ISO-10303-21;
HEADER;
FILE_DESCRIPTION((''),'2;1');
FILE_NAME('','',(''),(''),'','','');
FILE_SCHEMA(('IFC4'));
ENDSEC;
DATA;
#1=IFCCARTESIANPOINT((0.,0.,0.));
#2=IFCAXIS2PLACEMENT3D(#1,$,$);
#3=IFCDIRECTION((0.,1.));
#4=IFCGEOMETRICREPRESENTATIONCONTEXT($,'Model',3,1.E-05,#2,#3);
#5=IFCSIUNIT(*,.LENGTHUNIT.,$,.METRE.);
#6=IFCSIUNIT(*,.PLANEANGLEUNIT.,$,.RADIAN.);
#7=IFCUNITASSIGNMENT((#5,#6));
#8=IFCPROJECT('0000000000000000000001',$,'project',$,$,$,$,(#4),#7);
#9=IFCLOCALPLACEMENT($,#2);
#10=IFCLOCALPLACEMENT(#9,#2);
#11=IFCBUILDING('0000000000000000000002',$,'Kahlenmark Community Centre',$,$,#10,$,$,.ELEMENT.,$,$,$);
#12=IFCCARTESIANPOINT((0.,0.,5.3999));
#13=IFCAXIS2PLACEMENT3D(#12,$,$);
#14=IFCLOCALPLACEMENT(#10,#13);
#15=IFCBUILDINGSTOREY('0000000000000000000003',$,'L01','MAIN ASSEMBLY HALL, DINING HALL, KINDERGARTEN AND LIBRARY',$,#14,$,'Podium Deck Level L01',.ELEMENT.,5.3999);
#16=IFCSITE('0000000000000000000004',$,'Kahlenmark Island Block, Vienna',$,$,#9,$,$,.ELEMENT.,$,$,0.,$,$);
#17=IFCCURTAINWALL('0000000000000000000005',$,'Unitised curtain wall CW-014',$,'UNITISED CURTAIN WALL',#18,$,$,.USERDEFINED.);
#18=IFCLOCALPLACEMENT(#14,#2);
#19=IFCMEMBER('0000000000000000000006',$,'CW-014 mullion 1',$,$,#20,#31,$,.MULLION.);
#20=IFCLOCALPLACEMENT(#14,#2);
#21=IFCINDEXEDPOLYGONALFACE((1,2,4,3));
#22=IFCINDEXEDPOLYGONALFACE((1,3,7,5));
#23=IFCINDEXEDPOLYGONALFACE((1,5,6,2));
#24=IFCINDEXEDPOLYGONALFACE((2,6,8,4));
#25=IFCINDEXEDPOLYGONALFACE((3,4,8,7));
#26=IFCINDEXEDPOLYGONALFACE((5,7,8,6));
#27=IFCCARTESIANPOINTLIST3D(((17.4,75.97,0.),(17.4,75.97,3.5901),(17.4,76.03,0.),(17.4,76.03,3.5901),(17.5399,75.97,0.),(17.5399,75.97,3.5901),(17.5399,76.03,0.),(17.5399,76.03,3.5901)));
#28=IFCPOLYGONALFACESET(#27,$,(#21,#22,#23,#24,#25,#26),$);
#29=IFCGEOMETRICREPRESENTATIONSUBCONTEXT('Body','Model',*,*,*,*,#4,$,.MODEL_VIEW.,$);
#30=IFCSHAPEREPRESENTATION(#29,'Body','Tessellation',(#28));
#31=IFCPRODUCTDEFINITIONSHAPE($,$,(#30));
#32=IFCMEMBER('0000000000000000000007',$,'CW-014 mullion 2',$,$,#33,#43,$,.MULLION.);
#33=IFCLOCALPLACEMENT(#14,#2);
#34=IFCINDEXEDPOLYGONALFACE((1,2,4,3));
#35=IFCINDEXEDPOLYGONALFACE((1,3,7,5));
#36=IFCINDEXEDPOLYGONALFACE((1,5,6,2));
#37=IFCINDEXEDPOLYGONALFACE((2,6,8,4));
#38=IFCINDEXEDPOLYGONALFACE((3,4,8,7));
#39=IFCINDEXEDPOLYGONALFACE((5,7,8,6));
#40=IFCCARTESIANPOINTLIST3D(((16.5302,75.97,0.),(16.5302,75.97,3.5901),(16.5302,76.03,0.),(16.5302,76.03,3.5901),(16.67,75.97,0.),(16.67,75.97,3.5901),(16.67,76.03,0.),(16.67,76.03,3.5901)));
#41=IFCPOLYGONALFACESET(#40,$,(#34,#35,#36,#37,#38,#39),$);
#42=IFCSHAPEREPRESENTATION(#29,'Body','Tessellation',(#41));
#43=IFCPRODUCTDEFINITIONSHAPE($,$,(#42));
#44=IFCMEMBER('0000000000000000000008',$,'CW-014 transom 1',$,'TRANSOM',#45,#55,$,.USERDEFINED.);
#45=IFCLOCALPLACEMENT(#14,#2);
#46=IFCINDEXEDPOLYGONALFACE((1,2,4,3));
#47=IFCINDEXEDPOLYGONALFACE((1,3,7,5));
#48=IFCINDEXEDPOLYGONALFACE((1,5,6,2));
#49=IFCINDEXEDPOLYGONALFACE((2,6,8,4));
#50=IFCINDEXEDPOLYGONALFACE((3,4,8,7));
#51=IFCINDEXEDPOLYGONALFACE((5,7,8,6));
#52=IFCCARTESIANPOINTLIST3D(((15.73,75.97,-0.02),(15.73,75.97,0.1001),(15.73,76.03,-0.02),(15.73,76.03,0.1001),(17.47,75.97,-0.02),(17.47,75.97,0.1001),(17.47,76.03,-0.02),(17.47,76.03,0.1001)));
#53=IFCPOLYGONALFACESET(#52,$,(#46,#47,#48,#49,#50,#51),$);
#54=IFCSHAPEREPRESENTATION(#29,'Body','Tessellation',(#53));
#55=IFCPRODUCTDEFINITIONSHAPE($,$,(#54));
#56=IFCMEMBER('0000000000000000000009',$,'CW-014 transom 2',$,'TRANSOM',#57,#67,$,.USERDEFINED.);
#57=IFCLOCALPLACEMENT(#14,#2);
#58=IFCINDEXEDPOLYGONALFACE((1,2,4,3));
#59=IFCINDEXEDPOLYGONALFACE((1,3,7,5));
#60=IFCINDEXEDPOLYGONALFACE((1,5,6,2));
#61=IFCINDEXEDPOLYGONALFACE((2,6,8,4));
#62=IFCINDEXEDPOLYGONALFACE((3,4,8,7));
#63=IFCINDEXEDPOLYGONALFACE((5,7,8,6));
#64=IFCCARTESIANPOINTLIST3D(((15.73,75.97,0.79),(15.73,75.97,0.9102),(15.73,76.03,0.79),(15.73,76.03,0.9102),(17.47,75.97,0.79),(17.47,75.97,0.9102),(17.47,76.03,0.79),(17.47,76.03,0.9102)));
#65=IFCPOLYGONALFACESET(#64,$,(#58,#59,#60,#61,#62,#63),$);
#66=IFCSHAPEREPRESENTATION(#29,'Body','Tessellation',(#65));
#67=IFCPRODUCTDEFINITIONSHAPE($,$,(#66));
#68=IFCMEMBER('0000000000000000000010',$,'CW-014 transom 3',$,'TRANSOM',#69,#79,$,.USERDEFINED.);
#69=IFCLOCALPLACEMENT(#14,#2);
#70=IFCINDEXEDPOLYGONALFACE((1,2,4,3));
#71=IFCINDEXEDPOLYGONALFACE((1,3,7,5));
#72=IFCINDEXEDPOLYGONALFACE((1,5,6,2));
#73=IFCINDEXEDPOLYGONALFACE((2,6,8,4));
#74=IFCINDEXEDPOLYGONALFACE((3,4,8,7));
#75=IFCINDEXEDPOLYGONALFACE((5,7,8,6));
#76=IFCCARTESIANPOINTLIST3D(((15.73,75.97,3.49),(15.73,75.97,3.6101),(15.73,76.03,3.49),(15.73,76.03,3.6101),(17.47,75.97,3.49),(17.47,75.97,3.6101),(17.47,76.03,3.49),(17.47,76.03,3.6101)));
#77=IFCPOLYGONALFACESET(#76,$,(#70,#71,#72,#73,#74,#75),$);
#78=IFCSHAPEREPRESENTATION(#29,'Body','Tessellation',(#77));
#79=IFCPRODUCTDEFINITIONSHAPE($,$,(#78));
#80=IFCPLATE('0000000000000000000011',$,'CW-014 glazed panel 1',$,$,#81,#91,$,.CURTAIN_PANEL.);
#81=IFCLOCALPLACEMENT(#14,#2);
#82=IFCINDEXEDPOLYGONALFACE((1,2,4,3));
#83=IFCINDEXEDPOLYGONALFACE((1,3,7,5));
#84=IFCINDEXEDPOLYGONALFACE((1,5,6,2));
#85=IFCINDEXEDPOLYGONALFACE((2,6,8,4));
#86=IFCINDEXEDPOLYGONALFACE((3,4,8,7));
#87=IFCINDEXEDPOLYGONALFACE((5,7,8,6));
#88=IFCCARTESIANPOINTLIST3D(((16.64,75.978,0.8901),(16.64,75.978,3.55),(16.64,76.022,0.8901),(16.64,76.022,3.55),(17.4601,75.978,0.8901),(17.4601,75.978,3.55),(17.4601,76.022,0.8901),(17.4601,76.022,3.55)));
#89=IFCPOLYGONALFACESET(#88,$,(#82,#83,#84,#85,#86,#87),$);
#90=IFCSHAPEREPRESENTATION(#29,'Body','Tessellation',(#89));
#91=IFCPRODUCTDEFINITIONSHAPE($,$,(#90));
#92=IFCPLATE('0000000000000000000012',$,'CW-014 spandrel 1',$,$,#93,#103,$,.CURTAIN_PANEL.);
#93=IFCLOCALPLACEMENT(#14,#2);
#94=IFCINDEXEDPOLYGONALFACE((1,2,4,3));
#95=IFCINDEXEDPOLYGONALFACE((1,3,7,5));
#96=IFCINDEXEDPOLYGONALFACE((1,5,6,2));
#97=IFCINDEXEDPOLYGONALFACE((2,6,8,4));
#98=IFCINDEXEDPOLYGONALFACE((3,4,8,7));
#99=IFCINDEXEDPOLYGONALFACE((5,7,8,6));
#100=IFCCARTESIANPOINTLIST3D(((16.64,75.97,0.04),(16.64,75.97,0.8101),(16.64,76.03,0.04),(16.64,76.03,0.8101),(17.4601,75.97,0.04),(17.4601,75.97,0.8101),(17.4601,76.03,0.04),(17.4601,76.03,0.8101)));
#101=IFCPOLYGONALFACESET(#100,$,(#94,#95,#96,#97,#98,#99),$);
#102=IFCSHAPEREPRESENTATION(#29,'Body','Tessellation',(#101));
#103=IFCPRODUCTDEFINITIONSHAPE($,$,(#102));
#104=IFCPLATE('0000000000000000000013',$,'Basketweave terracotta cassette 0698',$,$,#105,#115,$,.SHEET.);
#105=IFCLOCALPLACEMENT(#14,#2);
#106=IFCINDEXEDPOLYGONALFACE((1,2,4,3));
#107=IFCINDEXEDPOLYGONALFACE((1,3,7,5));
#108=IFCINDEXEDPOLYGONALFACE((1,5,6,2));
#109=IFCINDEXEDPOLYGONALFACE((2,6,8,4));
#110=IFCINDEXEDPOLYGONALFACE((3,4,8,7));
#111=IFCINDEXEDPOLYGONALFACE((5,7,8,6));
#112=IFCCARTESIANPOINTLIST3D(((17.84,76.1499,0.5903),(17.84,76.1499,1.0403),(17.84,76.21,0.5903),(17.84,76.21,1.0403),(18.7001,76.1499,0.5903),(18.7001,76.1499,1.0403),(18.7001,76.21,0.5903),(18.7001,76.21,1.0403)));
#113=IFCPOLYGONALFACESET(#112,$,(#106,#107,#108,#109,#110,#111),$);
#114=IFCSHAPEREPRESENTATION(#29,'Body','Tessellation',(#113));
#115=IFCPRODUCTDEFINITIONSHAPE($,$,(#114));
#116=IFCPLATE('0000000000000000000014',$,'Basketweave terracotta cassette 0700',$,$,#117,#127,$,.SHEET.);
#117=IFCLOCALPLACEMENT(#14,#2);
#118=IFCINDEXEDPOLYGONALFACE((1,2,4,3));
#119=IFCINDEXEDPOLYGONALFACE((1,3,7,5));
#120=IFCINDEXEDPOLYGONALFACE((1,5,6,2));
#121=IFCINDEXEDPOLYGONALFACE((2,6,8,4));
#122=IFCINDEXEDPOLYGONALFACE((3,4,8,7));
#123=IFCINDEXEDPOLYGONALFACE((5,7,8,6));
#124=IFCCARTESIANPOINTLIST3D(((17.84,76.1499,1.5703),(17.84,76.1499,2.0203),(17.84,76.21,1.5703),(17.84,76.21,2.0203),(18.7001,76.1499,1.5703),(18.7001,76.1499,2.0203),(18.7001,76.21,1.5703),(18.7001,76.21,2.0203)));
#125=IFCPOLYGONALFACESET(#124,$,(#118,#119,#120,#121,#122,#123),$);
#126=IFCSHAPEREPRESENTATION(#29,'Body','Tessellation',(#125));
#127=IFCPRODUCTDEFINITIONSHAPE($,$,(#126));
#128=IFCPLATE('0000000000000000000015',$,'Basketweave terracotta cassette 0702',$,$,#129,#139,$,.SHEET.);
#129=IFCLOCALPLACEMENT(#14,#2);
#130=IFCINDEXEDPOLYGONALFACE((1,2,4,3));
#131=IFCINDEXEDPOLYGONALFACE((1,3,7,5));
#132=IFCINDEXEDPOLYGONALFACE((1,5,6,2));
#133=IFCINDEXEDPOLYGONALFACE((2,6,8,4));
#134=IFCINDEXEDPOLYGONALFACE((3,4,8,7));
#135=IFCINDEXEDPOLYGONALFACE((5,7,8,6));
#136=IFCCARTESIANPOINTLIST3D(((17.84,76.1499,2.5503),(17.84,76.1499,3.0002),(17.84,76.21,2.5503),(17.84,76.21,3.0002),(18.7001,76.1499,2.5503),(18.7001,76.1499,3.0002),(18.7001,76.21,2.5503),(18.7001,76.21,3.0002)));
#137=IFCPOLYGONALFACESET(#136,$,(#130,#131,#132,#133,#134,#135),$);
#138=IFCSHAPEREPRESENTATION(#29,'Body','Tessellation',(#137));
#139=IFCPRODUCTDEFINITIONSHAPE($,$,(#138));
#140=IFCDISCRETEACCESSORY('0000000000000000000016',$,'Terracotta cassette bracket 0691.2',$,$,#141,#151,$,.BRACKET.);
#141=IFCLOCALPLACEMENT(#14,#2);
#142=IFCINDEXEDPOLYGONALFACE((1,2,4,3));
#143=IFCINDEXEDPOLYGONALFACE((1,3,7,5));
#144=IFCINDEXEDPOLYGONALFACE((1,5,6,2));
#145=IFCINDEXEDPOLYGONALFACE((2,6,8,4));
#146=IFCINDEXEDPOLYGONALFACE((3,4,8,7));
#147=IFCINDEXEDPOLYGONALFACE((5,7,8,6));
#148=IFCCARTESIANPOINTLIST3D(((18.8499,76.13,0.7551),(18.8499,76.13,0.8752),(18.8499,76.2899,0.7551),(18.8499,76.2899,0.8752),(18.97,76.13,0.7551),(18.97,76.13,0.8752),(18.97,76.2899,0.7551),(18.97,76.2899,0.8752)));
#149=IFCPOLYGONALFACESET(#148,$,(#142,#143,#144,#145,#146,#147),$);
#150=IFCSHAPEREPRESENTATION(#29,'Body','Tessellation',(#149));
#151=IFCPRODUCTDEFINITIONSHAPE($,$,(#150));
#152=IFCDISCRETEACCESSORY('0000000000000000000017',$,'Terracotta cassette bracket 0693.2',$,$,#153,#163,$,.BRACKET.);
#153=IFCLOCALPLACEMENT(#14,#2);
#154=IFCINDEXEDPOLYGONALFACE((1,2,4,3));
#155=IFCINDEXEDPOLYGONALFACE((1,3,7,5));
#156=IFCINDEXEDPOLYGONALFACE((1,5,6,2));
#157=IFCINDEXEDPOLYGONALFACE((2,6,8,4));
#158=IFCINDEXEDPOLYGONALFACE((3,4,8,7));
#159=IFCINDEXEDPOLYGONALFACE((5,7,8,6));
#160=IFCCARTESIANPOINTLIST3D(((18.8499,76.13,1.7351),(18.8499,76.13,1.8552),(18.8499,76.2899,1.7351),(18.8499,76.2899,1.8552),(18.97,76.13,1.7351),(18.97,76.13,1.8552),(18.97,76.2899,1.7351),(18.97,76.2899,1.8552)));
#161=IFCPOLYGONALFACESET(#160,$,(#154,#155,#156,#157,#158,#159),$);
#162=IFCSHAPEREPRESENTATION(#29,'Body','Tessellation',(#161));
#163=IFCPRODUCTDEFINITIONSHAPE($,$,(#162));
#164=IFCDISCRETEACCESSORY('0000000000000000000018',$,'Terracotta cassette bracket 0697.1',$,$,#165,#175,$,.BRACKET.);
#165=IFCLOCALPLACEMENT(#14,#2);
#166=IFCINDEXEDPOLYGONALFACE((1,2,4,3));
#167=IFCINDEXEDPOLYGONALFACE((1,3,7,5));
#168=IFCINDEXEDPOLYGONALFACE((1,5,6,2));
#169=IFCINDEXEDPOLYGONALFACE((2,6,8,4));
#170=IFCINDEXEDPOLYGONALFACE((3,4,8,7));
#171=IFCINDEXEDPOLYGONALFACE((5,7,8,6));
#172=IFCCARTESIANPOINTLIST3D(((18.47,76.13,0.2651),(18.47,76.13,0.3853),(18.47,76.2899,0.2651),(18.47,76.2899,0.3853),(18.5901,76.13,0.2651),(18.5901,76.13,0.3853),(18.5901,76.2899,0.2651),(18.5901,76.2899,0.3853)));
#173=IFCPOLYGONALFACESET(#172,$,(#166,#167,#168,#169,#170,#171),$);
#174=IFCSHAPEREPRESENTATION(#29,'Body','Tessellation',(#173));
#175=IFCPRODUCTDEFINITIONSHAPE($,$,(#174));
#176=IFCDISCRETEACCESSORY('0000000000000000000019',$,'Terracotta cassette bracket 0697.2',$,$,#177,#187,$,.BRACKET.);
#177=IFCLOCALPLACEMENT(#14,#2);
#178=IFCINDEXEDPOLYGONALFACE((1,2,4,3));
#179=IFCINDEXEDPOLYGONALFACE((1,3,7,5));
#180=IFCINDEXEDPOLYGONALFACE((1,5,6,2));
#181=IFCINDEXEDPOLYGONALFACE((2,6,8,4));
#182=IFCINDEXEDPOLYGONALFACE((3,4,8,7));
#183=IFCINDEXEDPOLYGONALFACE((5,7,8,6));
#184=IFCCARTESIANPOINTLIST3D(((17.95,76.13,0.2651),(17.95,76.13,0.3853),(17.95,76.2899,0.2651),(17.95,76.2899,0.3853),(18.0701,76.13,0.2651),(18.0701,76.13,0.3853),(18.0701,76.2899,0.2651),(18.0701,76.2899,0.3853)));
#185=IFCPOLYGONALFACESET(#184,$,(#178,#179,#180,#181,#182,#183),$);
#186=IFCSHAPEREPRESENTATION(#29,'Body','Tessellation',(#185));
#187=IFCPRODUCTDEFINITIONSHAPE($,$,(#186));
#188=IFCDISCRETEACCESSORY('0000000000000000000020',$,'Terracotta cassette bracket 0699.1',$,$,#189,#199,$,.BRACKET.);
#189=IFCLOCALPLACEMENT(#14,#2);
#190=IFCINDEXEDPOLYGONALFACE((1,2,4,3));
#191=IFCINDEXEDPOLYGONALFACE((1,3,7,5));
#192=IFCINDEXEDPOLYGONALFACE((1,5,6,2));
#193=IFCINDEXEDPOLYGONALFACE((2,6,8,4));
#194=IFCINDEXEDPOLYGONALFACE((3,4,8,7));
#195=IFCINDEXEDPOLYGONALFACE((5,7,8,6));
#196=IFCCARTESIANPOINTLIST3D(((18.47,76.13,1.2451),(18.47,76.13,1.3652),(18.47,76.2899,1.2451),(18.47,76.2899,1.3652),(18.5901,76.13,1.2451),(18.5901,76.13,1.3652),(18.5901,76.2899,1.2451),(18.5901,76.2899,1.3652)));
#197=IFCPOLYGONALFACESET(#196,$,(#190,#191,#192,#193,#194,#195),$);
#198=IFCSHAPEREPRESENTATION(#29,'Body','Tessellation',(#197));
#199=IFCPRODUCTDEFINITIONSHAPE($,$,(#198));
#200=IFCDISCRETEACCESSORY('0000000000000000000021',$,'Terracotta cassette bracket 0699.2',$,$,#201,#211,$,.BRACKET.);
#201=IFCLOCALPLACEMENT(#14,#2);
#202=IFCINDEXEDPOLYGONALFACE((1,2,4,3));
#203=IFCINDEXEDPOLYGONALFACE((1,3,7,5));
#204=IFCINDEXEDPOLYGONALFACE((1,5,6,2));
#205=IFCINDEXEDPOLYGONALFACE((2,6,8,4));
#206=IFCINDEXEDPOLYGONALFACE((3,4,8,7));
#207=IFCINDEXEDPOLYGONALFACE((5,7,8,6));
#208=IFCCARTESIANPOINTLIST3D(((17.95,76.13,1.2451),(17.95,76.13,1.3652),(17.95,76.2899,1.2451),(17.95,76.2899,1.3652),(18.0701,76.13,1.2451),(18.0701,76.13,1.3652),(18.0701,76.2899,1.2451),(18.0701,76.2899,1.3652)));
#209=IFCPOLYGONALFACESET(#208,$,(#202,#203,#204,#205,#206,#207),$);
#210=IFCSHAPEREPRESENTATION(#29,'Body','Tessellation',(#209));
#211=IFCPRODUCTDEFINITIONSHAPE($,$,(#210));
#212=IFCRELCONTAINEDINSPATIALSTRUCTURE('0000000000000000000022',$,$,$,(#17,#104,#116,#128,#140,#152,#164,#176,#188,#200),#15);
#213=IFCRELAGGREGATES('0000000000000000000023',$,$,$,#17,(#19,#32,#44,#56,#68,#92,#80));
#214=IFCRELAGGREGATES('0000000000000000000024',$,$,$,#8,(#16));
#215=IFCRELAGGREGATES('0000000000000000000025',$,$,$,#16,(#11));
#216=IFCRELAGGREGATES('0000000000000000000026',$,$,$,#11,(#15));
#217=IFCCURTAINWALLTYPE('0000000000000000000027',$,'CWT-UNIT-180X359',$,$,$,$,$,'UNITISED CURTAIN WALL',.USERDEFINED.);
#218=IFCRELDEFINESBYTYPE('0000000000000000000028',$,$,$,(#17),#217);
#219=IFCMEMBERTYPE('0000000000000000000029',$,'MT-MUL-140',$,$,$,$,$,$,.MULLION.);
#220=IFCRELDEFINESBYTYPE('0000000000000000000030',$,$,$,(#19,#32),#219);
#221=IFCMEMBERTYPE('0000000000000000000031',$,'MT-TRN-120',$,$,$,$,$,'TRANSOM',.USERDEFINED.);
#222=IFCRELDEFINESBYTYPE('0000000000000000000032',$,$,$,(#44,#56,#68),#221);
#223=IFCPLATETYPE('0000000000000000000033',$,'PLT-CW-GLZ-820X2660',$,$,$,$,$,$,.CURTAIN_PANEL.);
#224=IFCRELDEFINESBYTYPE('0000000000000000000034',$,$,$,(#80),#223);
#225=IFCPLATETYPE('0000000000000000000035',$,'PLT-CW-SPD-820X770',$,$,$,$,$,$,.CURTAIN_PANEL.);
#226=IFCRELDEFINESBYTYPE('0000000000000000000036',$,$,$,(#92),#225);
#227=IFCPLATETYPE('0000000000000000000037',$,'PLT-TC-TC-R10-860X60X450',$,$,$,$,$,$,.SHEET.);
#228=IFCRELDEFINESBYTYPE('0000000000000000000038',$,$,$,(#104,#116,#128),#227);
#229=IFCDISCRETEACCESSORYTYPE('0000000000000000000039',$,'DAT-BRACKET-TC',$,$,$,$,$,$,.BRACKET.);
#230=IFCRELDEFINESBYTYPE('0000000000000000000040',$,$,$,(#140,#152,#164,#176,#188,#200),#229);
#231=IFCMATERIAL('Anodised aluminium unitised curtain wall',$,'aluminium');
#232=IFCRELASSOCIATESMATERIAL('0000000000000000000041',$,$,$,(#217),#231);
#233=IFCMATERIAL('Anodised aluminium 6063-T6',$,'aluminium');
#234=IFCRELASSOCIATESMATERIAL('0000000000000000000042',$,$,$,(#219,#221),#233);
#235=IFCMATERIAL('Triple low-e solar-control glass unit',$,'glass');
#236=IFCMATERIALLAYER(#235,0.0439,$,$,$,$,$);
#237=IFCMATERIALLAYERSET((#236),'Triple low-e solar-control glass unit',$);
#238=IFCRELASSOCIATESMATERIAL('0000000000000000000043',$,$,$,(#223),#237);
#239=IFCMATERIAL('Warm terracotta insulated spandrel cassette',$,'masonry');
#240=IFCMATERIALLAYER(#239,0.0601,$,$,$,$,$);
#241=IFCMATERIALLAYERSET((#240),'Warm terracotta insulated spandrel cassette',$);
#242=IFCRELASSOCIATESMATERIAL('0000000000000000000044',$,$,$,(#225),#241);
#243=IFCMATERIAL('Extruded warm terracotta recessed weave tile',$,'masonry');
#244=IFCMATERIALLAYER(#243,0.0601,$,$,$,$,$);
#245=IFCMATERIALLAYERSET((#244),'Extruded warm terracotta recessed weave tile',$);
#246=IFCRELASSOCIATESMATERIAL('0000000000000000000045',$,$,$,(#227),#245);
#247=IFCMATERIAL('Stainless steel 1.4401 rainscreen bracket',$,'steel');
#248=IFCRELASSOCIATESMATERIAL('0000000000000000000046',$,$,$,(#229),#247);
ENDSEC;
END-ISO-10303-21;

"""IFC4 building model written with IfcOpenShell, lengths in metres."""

from ifc_helpers import new_model, si_unit, direction, frame, origin, origin_2d, place, context, subcontext, project, spatial, rectangle, extrude, material, layer, layer_set, material_profile, profile_set, type_object, element, aggregate, save


model = new_model("IFC4")

# Units and contexts
model_context = context("Model", 3, precision=1e-05, world=origin(), true_north=direction((0.0, 1.0)))
body_context = subcontext(model_context, "Body", "Model", "MODEL_VIEW")
ifc_project = project(units=[si_unit("LENGTHUNIT", "METRE"), si_unit("PLANEANGLEUNIT", "RADIAN")], contexts=[model_context])

# Site, building, storey
site_placement = place(None, origin())
site = spatial("IfcSite", under=ifc_project, at=site_placement, Name="Kahlenmark Island Block, Vienna", CompositionType="ELEMENT", RefElevation=0.0)
building_placement = place(site_placement, origin())
building = spatial("IfcBuilding", under=site, at=building_placement, Name="Kahlenmark Community Centre", CompositionType="ELEMENT")
storey_placement = place(building_placement, frame((0.0, 0.0, 5.3999)))
storey = spatial("IfcBuildingStorey", under=building, at=storey_placement, Name="L01", Description="MAIN ASSEMBLY HALL, DINING HALL, KINDERGARTEN AND LIBRARY", LongName="Podium Deck Level L01", CompositionType="ELEMENT", Elevation=5.3999)

# Curtain wall, members, plates
ifc_material_1 = material(Name="Anodised aluminium unitised curtain wall", Category="aluminium")
curtain_wall_type = type_object("IfcCurtainWallType", Name="CWT-UNIT-180X359", ElementType="UNITISED CURTAIN WALL", PredefinedType="USERDEFINED", material=ifc_material_1)
curtain_wall_placement = place(storey_placement, origin())
curtain_wall = element("IfcCurtainWall", 1, at=curtain_wall_placement, inside=storey, type_object=curtain_wall_type, Name="Unitised curtain wall CW-014", ObjectType="UNITISED CURTAIN WALL", PredefinedType="USERDEFINED")
ifc_material_2 = material(Name="Anodised aluminium 6063-T6", Category="aluminium")
ifc_material_profile_1 = material_profile(ifc_material_2, rectangle(XDim=0.0601, YDim=0.1399, at=origin_2d()), Name="ALU MULLION 60x140")
ifc_profile_set_1 = profile_set([ifc_material_profile_1], Name="Anodised aluminium 6063-T6")
member_type_1 = type_object("IfcMemberType", Name="MT-MUL-140", PredefinedType="MULLION", material=ifc_profile_set_1)
member_1_placement = place(storey_placement, frame((17.47, 76.0, 0.0), z_axis=(0.0, 0.0, 1.0), x_axis=(0.0, -1.0, 0.0)))
member_1 = element("IfcMember", 2, at=member_1_placement, type_object=member_type_1, Name="CW-014 mullion 1", PredefinedType="MULLION", context=body_context, shape_type="SweptSolid", body=[
    extrude(rectangle(XDim=0.0601, YDim=0.1399, at=origin_2d()), origin(), (0.0, 0.0, 1.0), 3.5901),
])
member_2_placement = place(storey_placement, frame((16.6001, 76.0, 0.0), z_axis=(0.0, 0.0, 1.0), x_axis=(0.0, -1.0, 0.0)))
member_2 = element("IfcMember", 3, at=member_2_placement, type_object=member_type_1, Name="CW-014 mullion 2", PredefinedType="MULLION", context=body_context, shape_type="SweptSolid", body=[
    extrude(rectangle(XDim=0.0601, YDim=0.1399, at=origin_2d()), origin(), (0.0, 0.0, 1.0), 3.5901),
])
ifc_material_profile_2 = material_profile(ifc_material_2, rectangle(XDim=0.0601, YDim=0.1201, at=origin_2d()), Name="ALU TRANSOM 60x120")
ifc_profile_set_2 = profile_set([ifc_material_profile_2], Name="Anodised aluminium 6063-T6")
member_type_2 = type_object("IfcMemberType", Name="MT-TRN-120", ElementType="TRANSOM", PredefinedType="USERDEFINED", material=ifc_profile_set_2)
member_3_placement = place(storey_placement, frame((17.47, 76.0, 0.04), z_axis=(-1.0, 0.0, 0.0), x_axis=(0.0, -1.0, 0.0)))
member_3 = element("IfcMember", 4, at=member_3_placement, type_object=member_type_2, Name="CW-014 transom 1", ObjectType="TRANSOM", PredefinedType="USERDEFINED", context=body_context, shape_type="SweptSolid", body=[
    extrude(rectangle(XDim=0.0601, YDim=0.1201, at=origin_2d()), origin(), (0.0, 0.0, 1.0), 1.74),
])
member_4_placement = place(storey_placement, frame((17.47, 76.0, 0.8501), z_axis=(-1.0, 0.0, 0.0), x_axis=(0.0, -1.0, 0.0)))
member_4 = element("IfcMember", 5, at=member_4_placement, type_object=member_type_2, Name="CW-014 transom 2", ObjectType="TRANSOM", PredefinedType="USERDEFINED", context=body_context, shape_type="SweptSolid", body=[
    extrude(rectangle(XDim=0.0601, YDim=0.1201, at=origin_2d()), origin(), (0.0, 0.0, 1.0), 1.74),
])
member_5_placement = place(storey_placement, frame((17.47, 76.0, 3.55), z_axis=(-1.0, 0.0, 0.0), x_axis=(0.0, -1.0, 0.0)))
member_5 = element("IfcMember", 6, at=member_5_placement, type_object=member_type_2, Name="CW-014 transom 3", ObjectType="TRANSOM", PredefinedType="USERDEFINED", context=body_context, shape_type="SweptSolid", body=[
    extrude(rectangle(XDim=0.0601, YDim=0.1201, at=origin_2d()), origin(), (0.0, 0.0, 1.0), 1.74),
])
ifc_material_3 = material(Name="Triple low-e solar-control glass unit", Category="glass")
ifc_layer_1 = layer(ifc_material_3, 0.0439)
ifc_layer_set_1 = layer_set([ifc_layer_1], Name="Triple low-e solar-control glass unit")
plate_type_1 = type_object("IfcPlateType", Name="PLT-CW-GLZ-820X2660", PredefinedType="CURTAIN_PANEL", material=ifc_layer_set_1)
plate_1_placement = place(storey_placement, frame((17.05, 76.0, 0.8901), z_axis=(0.0, 0.0, 1.0), x_axis=(-1.0, 0.0, 0.0)))
plate_1 = element("IfcPlate", 7, at=plate_1_placement, type_object=plate_type_1, Name="CW-014 glazed panel 1", PredefinedType="CURTAIN_PANEL", context=body_context, shape_type="SweptSolid", body=[
    extrude(rectangle(XDim=0.8201, YDim=0.0439, at=origin_2d()), origin(), (0.0, 0.0, 1.0), 2.6599),
])
ifc_material_4 = material(Name="Warm terracotta insulated spandrel cassette", Category="masonry")
ifc_layer_2 = layer(ifc_material_4, 0.0601)
ifc_layer_set_2 = layer_set([ifc_layer_2], Name="Warm terracotta insulated spandrel cassette")
plate_type_2 = type_object("IfcPlateType", Name="PLT-CW-SPD-820X770", PredefinedType="CURTAIN_PANEL", material=ifc_layer_set_2)
plate_2_placement = place(storey_placement, frame((17.05, 76.0, 0.04), z_axis=(0.0, 0.0, 1.0), x_axis=(-1.0, 0.0, 0.0)))
plate_2 = element("IfcPlate", 8, at=plate_2_placement, type_object=plate_type_2, Name="CW-014 spandrel 1", PredefinedType="CURTAIN_PANEL", context=body_context, shape_type="SweptSolid", body=[
    extrude(rectangle(XDim=0.8201, YDim=0.0601, at=origin_2d()), origin(), (0.0, 0.0, 1.0), 0.77),
])
aggregate(curtain_wall, [member_1, member_2, member_3, member_4, member_5, plate_2, plate_1])

# Plates
ifc_material_5 = material(Name="Extruded warm terracotta recessed weave tile", Category="masonry")
ifc_layer_3 = layer(ifc_material_5, 0.0601)
ifc_layer_set_3 = layer_set([ifc_layer_3], Name="Extruded warm terracotta recessed weave tile")
plate_type_3 = type_object("IfcPlateType", Name="PLT-TC-TC-R10-860X60X450", PredefinedType="SHEET", material=ifc_layer_set_3)
for number, where, z_axis, x_axis, name in (
    (9, (18.27, 76.1799, 0.5903), (0.0, 0.0, 1.0), (-1.0, 0.0, 0.0), "Basketweave terracotta cassette 0698"),
    (10, (18.27, 76.1799, 1.5703), (0.0, 0.0, 1.0), (-1.0, 0.0, 0.0), "Basketweave terracotta cassette 0700"),
    (11, (18.27, 76.1799, 2.5503), (0.0, 0.0, 1.0), (-1.0, 0.0, 0.0), "Basketweave terracotta cassette 0702"),
):
    element("IfcPlate", number, at=place(storey_placement, frame(where, z_axis=z_axis, x_axis=x_axis)), inside=storey, type_object=plate_type_3, Name=name, PredefinedType="SHEET", context=body_context, shape_type="SweptSolid", body=[
        extrude(rectangle(XDim=0.8601, YDim=0.0601, at=origin_2d()), origin(), (0.0, 0.0, 1.0), 0.45),
    ])

# Discrete accessories
ifc_material_6 = material(Name="Stainless steel 1.4401 rainscreen bracket", Category="steel")
discrete_accessory_type = type_object("IfcDiscreteAccessoryType", Name="DAT-BRACKET-TC", PredefinedType="BRACKET", material=ifc_material_6)
for number, where, z_axis, x_axis, name in (
    (12, (18.9099, 76.21, 0.7551), (0.0, 0.0, 1.0), (-1.0, 0.0, 0.0), "Terracotta cassette bracket 0691.2"),
    (13, (18.9099, 76.21, 1.7351), (0.0, 0.0, 1.0), (-1.0, 0.0, 0.0), "Terracotta cassette bracket 0693.2"),
    (14, (18.53, 76.21, 0.2651), (0.0, 0.0, 1.0), (-1.0, 0.0, 0.0), "Terracotta cassette bracket 0697.1"),
    (15, (18.01, 76.21, 0.2651), (0.0, 0.0, 1.0), (-1.0, 0.0, 0.0), "Terracotta cassette bracket 0697.2"),
    (16, (18.53, 76.21, 1.2451), (0.0, 0.0, 1.0), (-1.0, 0.0, 0.0), "Terracotta cassette bracket 0699.1"),
    (17, (18.01, 76.21, 1.2451), (0.0, 0.0, 1.0), (-1.0, 0.0, 0.0), "Terracotta cassette bracket 0699.2"),
):
    element("IfcDiscreteAccessory", number, at=place(storey_placement, frame(where, z_axis=z_axis, x_axis=x_axis)), inside=storey, type_object=discrete_accessory_type, Name=name, PredefinedType="BRACKET", context=body_context, shape_type="SweptSolid", body=[
        extrude(rectangle(XDim=0.1201, YDim=0.1599, at=origin_2d()), origin(), (0.0, 0.0, 1.0), 0.1201),
    ])

save(model, "model.ifc")
